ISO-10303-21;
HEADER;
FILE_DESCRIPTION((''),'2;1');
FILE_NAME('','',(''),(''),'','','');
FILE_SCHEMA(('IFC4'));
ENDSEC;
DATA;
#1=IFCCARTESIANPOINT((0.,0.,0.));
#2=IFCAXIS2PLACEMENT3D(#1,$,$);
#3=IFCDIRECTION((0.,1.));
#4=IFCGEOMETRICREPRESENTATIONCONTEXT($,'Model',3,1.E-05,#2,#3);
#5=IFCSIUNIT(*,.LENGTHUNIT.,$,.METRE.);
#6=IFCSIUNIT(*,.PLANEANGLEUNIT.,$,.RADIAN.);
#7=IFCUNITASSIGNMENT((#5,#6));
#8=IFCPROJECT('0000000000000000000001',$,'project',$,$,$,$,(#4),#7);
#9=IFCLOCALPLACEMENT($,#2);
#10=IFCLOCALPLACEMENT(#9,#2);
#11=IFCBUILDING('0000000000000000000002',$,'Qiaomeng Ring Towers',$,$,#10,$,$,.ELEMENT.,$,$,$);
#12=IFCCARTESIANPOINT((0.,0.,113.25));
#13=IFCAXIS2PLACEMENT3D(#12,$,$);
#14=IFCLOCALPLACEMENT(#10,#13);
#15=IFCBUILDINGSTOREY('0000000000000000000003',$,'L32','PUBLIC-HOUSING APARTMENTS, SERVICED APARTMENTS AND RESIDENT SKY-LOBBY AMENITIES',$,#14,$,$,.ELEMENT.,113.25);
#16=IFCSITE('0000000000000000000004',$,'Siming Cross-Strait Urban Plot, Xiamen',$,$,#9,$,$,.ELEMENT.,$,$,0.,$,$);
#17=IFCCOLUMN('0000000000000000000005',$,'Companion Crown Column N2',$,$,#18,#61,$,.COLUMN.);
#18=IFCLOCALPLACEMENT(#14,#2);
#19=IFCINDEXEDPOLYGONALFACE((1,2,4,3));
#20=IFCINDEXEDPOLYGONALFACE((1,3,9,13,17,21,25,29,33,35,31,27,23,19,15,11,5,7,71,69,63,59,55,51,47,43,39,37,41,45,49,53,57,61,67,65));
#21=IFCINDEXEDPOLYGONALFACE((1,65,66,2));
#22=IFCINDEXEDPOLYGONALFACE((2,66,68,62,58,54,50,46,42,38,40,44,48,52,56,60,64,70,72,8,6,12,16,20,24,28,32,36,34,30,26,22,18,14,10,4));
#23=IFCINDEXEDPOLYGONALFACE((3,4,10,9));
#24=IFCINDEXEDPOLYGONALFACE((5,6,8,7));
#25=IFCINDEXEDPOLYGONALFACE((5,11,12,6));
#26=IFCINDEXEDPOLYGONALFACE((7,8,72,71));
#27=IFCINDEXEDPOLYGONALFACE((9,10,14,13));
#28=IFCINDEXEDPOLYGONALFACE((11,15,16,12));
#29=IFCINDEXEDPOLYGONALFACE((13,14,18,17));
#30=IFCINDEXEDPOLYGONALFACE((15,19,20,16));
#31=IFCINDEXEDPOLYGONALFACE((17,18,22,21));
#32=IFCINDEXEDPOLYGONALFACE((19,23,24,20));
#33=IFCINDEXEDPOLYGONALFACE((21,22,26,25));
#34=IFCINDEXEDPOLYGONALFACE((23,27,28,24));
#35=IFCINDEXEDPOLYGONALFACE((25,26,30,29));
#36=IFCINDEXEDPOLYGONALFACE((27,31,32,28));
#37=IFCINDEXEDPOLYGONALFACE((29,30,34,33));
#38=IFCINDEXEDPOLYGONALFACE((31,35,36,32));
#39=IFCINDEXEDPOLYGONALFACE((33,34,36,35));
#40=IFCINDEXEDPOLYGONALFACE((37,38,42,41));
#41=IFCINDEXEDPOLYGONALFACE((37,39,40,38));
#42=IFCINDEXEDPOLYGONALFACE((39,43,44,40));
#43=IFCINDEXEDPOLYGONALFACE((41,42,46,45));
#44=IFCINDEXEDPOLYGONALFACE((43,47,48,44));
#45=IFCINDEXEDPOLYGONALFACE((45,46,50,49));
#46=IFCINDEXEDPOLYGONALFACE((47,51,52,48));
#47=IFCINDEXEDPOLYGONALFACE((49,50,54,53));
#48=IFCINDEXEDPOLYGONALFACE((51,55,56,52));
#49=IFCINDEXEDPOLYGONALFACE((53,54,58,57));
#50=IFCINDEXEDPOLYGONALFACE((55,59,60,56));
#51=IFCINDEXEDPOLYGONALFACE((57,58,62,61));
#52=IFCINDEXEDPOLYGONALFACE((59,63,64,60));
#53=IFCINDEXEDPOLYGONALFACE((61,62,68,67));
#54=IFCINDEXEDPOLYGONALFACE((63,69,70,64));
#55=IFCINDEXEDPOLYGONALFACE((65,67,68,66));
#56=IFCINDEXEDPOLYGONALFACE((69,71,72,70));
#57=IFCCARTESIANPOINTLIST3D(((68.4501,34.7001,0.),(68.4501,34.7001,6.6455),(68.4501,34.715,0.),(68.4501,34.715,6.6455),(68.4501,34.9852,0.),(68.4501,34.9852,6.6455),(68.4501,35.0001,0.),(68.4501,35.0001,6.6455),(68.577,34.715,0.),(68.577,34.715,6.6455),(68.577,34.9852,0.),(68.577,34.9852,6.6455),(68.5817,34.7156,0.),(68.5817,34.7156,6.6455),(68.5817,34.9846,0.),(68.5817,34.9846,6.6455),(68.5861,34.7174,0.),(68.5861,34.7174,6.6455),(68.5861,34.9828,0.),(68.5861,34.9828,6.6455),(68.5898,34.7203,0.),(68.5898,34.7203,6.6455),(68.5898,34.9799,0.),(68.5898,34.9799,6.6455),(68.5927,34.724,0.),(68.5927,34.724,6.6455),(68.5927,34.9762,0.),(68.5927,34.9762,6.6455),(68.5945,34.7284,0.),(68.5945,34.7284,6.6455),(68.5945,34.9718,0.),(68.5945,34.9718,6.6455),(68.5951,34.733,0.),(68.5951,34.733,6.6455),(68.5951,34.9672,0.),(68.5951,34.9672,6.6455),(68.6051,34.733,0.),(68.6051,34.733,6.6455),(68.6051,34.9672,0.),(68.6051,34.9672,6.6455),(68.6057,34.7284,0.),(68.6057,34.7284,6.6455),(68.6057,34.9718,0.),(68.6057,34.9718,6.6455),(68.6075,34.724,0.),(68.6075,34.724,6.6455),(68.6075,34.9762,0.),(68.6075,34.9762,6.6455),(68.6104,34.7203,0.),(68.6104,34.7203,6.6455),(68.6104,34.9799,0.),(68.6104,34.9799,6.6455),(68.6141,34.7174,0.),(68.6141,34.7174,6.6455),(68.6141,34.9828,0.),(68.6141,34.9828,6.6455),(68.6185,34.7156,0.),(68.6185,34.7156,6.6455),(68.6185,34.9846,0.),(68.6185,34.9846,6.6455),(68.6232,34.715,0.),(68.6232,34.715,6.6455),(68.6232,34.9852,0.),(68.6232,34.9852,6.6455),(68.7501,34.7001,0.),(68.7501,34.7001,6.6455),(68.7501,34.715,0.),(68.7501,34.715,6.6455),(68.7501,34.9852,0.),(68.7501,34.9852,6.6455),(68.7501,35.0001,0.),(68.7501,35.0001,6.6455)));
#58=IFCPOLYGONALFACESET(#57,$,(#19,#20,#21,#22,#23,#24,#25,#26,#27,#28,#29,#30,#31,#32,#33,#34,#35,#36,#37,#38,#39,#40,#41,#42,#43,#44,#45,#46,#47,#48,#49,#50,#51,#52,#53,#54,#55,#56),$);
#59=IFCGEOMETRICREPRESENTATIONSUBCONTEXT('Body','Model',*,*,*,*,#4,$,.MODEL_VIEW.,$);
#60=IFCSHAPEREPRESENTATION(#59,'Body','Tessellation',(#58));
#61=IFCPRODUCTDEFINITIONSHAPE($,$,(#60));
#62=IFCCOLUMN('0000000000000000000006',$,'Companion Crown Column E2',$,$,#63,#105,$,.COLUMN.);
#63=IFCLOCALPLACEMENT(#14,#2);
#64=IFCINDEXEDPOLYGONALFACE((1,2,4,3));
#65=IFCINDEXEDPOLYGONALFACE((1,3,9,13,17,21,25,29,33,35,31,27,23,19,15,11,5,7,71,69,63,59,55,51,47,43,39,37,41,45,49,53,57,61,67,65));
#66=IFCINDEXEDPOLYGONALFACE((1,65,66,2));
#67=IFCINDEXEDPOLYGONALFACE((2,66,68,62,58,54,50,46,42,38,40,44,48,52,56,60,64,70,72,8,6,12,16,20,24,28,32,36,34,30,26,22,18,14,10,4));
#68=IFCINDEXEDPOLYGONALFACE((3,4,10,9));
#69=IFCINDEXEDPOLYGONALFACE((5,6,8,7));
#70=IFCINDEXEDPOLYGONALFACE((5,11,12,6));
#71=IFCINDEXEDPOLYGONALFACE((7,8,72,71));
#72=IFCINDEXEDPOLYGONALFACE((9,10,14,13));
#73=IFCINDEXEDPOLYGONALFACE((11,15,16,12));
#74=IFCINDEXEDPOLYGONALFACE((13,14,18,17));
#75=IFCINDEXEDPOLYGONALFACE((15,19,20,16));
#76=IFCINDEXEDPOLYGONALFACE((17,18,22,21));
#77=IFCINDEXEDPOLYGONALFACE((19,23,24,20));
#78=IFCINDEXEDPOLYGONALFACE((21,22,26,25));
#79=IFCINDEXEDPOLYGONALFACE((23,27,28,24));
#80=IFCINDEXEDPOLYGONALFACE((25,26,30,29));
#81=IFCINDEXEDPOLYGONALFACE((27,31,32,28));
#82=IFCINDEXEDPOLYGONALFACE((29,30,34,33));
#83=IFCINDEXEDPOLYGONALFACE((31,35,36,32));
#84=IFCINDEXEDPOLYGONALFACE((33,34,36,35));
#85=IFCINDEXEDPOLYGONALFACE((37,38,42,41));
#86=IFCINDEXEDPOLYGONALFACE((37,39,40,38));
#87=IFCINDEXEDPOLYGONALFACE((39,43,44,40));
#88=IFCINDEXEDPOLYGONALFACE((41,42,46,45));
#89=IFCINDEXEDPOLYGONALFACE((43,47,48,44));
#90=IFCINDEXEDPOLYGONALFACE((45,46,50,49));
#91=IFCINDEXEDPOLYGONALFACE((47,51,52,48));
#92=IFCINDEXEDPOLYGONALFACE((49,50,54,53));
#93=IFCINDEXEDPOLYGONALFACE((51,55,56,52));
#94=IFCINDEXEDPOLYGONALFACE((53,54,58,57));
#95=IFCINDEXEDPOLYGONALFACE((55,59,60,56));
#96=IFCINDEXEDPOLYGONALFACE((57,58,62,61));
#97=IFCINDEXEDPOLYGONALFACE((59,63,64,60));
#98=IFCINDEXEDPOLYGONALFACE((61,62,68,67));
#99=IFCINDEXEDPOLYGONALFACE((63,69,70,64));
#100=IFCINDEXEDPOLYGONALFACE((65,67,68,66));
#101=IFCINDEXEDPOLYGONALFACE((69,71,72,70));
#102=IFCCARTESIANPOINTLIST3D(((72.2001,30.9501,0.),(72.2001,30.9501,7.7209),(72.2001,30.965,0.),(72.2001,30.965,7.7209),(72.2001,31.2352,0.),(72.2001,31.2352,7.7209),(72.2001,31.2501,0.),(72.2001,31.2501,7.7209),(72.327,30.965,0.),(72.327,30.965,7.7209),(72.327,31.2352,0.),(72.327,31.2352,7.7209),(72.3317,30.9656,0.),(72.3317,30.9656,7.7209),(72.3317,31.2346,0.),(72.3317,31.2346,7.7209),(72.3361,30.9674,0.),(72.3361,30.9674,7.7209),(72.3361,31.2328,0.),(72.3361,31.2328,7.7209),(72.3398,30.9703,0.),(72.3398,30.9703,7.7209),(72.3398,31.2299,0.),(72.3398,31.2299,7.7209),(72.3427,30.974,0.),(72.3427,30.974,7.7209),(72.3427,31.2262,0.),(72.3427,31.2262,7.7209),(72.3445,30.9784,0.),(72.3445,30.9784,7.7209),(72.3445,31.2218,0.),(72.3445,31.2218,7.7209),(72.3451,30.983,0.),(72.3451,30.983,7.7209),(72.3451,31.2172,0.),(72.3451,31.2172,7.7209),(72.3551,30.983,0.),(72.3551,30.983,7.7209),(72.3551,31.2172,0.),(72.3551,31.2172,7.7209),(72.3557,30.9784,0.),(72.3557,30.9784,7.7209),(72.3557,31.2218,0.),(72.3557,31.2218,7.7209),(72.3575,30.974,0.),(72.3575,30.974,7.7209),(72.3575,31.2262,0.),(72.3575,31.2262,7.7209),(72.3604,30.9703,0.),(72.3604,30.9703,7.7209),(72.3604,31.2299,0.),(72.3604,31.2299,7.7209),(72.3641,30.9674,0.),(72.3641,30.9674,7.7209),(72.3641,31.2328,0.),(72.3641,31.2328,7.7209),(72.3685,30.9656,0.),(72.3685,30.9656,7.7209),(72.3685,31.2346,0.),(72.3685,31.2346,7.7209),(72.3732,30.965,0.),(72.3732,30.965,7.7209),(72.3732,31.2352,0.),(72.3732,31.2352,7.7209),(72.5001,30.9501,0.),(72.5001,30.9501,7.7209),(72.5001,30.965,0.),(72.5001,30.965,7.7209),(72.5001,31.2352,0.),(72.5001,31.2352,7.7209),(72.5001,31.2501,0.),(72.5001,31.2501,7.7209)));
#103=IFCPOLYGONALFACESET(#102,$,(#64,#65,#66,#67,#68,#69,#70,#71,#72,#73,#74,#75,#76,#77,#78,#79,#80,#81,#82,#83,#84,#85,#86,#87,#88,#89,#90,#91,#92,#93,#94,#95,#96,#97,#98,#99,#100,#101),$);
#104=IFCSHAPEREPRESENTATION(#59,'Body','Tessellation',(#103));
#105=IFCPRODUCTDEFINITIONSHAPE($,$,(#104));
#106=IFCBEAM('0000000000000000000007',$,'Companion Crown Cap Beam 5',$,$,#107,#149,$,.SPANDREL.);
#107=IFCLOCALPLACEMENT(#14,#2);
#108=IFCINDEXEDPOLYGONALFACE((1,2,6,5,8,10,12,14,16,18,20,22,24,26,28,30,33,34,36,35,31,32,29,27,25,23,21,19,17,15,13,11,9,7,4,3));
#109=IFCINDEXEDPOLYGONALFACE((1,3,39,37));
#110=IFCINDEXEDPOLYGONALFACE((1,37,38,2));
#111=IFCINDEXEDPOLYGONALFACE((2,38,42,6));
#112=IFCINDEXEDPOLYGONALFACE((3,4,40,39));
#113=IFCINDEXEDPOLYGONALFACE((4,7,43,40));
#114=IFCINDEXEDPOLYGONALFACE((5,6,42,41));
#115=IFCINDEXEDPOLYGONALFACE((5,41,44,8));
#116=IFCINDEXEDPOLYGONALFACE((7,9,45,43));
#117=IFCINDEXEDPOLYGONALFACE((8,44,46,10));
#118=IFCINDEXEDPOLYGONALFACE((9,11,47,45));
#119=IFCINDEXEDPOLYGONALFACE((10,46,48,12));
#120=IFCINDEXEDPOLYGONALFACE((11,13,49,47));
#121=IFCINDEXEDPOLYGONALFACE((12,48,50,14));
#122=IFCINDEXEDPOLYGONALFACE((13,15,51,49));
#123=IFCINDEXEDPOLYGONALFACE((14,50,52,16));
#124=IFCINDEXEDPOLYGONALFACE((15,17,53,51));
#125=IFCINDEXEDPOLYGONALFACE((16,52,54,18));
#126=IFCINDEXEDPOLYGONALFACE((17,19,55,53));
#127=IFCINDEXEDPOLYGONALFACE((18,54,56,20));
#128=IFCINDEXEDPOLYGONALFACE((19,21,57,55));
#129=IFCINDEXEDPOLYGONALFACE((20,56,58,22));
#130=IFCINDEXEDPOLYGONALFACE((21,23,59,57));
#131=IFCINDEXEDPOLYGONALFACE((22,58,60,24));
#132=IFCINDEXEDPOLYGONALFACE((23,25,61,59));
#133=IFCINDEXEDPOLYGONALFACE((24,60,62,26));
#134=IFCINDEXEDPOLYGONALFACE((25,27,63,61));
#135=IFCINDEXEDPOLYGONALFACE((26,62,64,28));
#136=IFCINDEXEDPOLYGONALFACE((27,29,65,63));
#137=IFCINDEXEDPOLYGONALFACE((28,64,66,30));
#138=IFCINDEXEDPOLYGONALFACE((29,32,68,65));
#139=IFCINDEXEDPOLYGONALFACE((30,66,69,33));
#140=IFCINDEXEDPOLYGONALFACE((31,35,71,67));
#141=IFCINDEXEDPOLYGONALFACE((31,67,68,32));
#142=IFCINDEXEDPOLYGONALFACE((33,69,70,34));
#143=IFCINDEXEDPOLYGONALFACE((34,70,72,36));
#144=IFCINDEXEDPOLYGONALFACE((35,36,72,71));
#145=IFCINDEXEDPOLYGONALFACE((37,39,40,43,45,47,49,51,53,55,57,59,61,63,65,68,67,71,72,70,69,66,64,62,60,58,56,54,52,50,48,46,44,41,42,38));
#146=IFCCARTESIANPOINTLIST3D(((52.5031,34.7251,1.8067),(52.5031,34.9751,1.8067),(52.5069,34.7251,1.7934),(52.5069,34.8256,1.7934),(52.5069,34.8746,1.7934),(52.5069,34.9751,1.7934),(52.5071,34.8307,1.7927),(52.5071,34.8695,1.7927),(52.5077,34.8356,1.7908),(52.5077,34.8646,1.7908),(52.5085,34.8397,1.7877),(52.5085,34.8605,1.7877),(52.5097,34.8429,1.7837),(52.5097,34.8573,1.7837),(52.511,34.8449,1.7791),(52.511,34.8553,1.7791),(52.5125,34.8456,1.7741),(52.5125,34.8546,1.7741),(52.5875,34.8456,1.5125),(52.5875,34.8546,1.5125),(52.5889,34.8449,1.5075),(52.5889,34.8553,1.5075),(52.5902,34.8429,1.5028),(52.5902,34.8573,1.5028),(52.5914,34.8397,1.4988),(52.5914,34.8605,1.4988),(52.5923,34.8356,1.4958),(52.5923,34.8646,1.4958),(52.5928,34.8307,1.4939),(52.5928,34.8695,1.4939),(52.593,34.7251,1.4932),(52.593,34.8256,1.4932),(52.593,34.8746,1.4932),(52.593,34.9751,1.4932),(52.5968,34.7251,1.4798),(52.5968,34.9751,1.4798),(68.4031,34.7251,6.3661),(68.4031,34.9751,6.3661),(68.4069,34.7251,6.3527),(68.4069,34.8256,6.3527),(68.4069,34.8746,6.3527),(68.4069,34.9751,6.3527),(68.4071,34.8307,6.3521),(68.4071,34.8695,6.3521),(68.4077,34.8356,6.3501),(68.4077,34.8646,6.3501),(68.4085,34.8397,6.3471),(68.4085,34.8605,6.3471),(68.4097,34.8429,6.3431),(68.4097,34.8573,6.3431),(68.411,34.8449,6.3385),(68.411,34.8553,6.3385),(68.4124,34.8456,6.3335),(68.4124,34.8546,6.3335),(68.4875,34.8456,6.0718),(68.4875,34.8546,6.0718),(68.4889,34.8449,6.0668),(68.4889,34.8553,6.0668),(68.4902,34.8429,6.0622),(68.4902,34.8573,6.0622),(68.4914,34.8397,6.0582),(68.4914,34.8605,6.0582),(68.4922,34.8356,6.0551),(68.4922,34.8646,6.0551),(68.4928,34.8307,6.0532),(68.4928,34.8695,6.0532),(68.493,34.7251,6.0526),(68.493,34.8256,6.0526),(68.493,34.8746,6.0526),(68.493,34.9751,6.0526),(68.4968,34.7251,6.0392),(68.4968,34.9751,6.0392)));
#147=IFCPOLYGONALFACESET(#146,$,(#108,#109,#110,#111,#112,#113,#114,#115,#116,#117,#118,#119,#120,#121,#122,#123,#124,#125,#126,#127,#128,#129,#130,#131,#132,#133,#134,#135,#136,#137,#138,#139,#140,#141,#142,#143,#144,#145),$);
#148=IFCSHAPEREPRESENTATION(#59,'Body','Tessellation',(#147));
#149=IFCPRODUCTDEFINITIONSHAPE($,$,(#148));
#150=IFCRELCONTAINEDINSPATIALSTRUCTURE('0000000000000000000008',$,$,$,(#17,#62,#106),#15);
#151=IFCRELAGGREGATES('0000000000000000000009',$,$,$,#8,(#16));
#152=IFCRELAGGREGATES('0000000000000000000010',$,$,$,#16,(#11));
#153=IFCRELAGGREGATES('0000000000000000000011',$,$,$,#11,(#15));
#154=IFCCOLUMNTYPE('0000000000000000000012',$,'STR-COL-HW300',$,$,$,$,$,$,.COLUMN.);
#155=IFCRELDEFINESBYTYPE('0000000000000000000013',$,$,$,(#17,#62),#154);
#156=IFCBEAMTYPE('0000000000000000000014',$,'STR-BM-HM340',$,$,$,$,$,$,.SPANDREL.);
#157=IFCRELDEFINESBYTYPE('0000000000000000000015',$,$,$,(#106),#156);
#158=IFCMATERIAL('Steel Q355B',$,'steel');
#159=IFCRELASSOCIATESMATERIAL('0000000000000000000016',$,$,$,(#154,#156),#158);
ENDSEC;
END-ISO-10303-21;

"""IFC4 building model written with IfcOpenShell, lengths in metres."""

from ifc_helpers import new_model, si_unit, direction, frame, origin, origin_2d, place, context, subcontext, project, spatial, i_section, extrude, source, transform, mapped, material, material_profile, profile_set, type_object, element, save


model = new_model("IFC4")

# Units and contexts
model_context = context("Model", 3, precision=1e-05, world=origin(), true_north=direction((0.0, 1.0)))
body_context = subcontext(model_context, "Body", "Model", "MODEL_VIEW")
ifc_project = project(units=[si_unit("LENGTHUNIT", "METRE"), si_unit("PLANEANGLEUNIT", "RADIAN")], contexts=[model_context])

# Site, building, storey
site_placement = place(None, origin())
site = spatial("IfcSite", under=ifc_project, at=site_placement, Name="Siming Cross-Strait Urban Plot, Xiamen", CompositionType="ELEMENT", RefElevation=0.0)
building_placement = place(site_placement, origin())
building = spatial("IfcBuilding", under=site, at=building_placement, Name="Qiaomeng Ring Towers", CompositionType="ELEMENT")
storey_placement = place(building_placement, frame((0.0, 0.0, 113.25)))
storey = spatial("IfcBuildingStorey", under=building, at=storey_placement, Name="L32", Description="PUBLIC-HOUSING APARTMENTS, SERVICED APARTMENTS AND RESIDENT SKY-LOBBY AMENITIES", CompositionType="ELEMENT", Elevation=113.25)

# Columns
ifc_material_1 = material(Name="Steel Q355B", Category="steel")
ifc_material_profile_1 = material_profile(ifc_material_1, i_section(OverallWidth=0.3, OverallDepth=0.3, WebThickness=0.01, FlangeThickness=0.0149, FilletRadius=0.0181, at=origin_2d()), Name="HW 300x300x10x15")
ifc_profile_set_1 = profile_set([ifc_material_profile_1], Name="Steel Q355B")
column_type = type_object("IfcColumnType", Name="STR-COL-HW300", PredefinedType="COLUMN", material=ifc_profile_set_1)
shared_shape_1 = source(origin(), body_context, "Body", "SweptSolid", [
    extrude(i_section(OverallWidth=0.3, OverallDepth=0.3, WebThickness=0.01, FlangeThickness=0.0149, FilletRadius=0.0181, at=origin_2d()), origin(), (0.0, 0.0, 1.0), 6.6455),
])
column_1_placement = place(storey_placement, frame((68.6001, 34.8501, 0.0), z_axis=(0.0, 0.0, 1.0), x_axis=(1.0, 0.0, 0.0)))
element("IfcColumn", 1, at=column_1_placement, inside=storey, type_object=column_type, Name="Companion Crown Column N2", PredefinedType="COLUMN", context=body_context, shape_type="MappedRepresentation", body=[
    mapped(shared_shape_1, transform((0.0, 0.0, 0.0), x_axis=(1.0, 0.0, 0.0), y_axis=(0.0, 1.0, 0.0), z_axis=(0.0, 0.0, 1.0), scale=1.0)),
])
shared_shape_2 = source(origin(), body_context, "Body", "SweptSolid", [
    extrude(i_section(OverallWidth=0.3, OverallDepth=0.3, WebThickness=0.01, FlangeThickness=0.0149, FilletRadius=0.0181, at=origin_2d()), origin(), (0.0, 0.0, 1.0), 7.7209),
])
column_2_placement = place(storey_placement, frame((72.3501, 31.1001, 0.0), z_axis=(0.0, 0.0, 1.0), x_axis=(1.0, 0.0, 0.0)))
element("IfcColumn", 2, at=column_2_placement, inside=storey, type_object=column_type, Name="Companion Crown Column E2", PredefinedType="COLUMN", context=body_context, shape_type="MappedRepresentation", body=[
    mapped(shared_shape_2, transform((0.0, 0.0, 0.0), x_axis=(1.0, 0.0, 0.0), y_axis=(0.0, 1.0, 0.0), z_axis=(0.0, 0.0, 1.0), scale=1.0)),
])

# Beam
ifc_material_profile_2 = material_profile(ifc_material_1, i_section(OverallWidth=0.25, OverallDepth=0.3401, WebThickness=0.009, FlangeThickness=0.0139, FilletRadius=0.02, at=origin_2d()), Name="HM 340x250x9x14")
ifc_profile_set_2 = profile_set([ifc_material_profile_2], Name="Steel Q355B")
beam_type = type_object("IfcBeamType", Name="STR-BM-HM340", PredefinedType="SPANDREL", material=ifc_profile_set_2)
shared_shape_3 = source(origin(), body_context, "Body", "SweptSolid", [
    extrude(i_section(OverallWidth=0.25, OverallDepth=0.3401, WebThickness=0.009, FlangeThickness=0.0139, FilletRadius=0.02, at=origin_2d()), origin(), (0.0, 0.0, 1.0), 16.5408),
])
beam_1_placement = place(storey_placement, frame((68.45, 34.8501, 6.2026), z_axis=(-0.96126, 0.0, -0.275643), x_axis=(0.0, -1.0, 0.0)))
element("IfcBeam", 3, at=beam_1_placement, inside=storey, type_object=beam_type, Name="Companion Crown Cap Beam 5", PredefinedType="SPANDREL", context=body_context, shape_type="MappedRepresentation", body=[
    mapped(shared_shape_3, transform((0.0, 0.0, 0.0), x_axis=(1.0, 0.0, 0.0), y_axis=(0.0, 1.0, 0.0), z_axis=(0.0, 0.0, 1.0), scale=1.0)),
])

save(model, "model.ifc")
